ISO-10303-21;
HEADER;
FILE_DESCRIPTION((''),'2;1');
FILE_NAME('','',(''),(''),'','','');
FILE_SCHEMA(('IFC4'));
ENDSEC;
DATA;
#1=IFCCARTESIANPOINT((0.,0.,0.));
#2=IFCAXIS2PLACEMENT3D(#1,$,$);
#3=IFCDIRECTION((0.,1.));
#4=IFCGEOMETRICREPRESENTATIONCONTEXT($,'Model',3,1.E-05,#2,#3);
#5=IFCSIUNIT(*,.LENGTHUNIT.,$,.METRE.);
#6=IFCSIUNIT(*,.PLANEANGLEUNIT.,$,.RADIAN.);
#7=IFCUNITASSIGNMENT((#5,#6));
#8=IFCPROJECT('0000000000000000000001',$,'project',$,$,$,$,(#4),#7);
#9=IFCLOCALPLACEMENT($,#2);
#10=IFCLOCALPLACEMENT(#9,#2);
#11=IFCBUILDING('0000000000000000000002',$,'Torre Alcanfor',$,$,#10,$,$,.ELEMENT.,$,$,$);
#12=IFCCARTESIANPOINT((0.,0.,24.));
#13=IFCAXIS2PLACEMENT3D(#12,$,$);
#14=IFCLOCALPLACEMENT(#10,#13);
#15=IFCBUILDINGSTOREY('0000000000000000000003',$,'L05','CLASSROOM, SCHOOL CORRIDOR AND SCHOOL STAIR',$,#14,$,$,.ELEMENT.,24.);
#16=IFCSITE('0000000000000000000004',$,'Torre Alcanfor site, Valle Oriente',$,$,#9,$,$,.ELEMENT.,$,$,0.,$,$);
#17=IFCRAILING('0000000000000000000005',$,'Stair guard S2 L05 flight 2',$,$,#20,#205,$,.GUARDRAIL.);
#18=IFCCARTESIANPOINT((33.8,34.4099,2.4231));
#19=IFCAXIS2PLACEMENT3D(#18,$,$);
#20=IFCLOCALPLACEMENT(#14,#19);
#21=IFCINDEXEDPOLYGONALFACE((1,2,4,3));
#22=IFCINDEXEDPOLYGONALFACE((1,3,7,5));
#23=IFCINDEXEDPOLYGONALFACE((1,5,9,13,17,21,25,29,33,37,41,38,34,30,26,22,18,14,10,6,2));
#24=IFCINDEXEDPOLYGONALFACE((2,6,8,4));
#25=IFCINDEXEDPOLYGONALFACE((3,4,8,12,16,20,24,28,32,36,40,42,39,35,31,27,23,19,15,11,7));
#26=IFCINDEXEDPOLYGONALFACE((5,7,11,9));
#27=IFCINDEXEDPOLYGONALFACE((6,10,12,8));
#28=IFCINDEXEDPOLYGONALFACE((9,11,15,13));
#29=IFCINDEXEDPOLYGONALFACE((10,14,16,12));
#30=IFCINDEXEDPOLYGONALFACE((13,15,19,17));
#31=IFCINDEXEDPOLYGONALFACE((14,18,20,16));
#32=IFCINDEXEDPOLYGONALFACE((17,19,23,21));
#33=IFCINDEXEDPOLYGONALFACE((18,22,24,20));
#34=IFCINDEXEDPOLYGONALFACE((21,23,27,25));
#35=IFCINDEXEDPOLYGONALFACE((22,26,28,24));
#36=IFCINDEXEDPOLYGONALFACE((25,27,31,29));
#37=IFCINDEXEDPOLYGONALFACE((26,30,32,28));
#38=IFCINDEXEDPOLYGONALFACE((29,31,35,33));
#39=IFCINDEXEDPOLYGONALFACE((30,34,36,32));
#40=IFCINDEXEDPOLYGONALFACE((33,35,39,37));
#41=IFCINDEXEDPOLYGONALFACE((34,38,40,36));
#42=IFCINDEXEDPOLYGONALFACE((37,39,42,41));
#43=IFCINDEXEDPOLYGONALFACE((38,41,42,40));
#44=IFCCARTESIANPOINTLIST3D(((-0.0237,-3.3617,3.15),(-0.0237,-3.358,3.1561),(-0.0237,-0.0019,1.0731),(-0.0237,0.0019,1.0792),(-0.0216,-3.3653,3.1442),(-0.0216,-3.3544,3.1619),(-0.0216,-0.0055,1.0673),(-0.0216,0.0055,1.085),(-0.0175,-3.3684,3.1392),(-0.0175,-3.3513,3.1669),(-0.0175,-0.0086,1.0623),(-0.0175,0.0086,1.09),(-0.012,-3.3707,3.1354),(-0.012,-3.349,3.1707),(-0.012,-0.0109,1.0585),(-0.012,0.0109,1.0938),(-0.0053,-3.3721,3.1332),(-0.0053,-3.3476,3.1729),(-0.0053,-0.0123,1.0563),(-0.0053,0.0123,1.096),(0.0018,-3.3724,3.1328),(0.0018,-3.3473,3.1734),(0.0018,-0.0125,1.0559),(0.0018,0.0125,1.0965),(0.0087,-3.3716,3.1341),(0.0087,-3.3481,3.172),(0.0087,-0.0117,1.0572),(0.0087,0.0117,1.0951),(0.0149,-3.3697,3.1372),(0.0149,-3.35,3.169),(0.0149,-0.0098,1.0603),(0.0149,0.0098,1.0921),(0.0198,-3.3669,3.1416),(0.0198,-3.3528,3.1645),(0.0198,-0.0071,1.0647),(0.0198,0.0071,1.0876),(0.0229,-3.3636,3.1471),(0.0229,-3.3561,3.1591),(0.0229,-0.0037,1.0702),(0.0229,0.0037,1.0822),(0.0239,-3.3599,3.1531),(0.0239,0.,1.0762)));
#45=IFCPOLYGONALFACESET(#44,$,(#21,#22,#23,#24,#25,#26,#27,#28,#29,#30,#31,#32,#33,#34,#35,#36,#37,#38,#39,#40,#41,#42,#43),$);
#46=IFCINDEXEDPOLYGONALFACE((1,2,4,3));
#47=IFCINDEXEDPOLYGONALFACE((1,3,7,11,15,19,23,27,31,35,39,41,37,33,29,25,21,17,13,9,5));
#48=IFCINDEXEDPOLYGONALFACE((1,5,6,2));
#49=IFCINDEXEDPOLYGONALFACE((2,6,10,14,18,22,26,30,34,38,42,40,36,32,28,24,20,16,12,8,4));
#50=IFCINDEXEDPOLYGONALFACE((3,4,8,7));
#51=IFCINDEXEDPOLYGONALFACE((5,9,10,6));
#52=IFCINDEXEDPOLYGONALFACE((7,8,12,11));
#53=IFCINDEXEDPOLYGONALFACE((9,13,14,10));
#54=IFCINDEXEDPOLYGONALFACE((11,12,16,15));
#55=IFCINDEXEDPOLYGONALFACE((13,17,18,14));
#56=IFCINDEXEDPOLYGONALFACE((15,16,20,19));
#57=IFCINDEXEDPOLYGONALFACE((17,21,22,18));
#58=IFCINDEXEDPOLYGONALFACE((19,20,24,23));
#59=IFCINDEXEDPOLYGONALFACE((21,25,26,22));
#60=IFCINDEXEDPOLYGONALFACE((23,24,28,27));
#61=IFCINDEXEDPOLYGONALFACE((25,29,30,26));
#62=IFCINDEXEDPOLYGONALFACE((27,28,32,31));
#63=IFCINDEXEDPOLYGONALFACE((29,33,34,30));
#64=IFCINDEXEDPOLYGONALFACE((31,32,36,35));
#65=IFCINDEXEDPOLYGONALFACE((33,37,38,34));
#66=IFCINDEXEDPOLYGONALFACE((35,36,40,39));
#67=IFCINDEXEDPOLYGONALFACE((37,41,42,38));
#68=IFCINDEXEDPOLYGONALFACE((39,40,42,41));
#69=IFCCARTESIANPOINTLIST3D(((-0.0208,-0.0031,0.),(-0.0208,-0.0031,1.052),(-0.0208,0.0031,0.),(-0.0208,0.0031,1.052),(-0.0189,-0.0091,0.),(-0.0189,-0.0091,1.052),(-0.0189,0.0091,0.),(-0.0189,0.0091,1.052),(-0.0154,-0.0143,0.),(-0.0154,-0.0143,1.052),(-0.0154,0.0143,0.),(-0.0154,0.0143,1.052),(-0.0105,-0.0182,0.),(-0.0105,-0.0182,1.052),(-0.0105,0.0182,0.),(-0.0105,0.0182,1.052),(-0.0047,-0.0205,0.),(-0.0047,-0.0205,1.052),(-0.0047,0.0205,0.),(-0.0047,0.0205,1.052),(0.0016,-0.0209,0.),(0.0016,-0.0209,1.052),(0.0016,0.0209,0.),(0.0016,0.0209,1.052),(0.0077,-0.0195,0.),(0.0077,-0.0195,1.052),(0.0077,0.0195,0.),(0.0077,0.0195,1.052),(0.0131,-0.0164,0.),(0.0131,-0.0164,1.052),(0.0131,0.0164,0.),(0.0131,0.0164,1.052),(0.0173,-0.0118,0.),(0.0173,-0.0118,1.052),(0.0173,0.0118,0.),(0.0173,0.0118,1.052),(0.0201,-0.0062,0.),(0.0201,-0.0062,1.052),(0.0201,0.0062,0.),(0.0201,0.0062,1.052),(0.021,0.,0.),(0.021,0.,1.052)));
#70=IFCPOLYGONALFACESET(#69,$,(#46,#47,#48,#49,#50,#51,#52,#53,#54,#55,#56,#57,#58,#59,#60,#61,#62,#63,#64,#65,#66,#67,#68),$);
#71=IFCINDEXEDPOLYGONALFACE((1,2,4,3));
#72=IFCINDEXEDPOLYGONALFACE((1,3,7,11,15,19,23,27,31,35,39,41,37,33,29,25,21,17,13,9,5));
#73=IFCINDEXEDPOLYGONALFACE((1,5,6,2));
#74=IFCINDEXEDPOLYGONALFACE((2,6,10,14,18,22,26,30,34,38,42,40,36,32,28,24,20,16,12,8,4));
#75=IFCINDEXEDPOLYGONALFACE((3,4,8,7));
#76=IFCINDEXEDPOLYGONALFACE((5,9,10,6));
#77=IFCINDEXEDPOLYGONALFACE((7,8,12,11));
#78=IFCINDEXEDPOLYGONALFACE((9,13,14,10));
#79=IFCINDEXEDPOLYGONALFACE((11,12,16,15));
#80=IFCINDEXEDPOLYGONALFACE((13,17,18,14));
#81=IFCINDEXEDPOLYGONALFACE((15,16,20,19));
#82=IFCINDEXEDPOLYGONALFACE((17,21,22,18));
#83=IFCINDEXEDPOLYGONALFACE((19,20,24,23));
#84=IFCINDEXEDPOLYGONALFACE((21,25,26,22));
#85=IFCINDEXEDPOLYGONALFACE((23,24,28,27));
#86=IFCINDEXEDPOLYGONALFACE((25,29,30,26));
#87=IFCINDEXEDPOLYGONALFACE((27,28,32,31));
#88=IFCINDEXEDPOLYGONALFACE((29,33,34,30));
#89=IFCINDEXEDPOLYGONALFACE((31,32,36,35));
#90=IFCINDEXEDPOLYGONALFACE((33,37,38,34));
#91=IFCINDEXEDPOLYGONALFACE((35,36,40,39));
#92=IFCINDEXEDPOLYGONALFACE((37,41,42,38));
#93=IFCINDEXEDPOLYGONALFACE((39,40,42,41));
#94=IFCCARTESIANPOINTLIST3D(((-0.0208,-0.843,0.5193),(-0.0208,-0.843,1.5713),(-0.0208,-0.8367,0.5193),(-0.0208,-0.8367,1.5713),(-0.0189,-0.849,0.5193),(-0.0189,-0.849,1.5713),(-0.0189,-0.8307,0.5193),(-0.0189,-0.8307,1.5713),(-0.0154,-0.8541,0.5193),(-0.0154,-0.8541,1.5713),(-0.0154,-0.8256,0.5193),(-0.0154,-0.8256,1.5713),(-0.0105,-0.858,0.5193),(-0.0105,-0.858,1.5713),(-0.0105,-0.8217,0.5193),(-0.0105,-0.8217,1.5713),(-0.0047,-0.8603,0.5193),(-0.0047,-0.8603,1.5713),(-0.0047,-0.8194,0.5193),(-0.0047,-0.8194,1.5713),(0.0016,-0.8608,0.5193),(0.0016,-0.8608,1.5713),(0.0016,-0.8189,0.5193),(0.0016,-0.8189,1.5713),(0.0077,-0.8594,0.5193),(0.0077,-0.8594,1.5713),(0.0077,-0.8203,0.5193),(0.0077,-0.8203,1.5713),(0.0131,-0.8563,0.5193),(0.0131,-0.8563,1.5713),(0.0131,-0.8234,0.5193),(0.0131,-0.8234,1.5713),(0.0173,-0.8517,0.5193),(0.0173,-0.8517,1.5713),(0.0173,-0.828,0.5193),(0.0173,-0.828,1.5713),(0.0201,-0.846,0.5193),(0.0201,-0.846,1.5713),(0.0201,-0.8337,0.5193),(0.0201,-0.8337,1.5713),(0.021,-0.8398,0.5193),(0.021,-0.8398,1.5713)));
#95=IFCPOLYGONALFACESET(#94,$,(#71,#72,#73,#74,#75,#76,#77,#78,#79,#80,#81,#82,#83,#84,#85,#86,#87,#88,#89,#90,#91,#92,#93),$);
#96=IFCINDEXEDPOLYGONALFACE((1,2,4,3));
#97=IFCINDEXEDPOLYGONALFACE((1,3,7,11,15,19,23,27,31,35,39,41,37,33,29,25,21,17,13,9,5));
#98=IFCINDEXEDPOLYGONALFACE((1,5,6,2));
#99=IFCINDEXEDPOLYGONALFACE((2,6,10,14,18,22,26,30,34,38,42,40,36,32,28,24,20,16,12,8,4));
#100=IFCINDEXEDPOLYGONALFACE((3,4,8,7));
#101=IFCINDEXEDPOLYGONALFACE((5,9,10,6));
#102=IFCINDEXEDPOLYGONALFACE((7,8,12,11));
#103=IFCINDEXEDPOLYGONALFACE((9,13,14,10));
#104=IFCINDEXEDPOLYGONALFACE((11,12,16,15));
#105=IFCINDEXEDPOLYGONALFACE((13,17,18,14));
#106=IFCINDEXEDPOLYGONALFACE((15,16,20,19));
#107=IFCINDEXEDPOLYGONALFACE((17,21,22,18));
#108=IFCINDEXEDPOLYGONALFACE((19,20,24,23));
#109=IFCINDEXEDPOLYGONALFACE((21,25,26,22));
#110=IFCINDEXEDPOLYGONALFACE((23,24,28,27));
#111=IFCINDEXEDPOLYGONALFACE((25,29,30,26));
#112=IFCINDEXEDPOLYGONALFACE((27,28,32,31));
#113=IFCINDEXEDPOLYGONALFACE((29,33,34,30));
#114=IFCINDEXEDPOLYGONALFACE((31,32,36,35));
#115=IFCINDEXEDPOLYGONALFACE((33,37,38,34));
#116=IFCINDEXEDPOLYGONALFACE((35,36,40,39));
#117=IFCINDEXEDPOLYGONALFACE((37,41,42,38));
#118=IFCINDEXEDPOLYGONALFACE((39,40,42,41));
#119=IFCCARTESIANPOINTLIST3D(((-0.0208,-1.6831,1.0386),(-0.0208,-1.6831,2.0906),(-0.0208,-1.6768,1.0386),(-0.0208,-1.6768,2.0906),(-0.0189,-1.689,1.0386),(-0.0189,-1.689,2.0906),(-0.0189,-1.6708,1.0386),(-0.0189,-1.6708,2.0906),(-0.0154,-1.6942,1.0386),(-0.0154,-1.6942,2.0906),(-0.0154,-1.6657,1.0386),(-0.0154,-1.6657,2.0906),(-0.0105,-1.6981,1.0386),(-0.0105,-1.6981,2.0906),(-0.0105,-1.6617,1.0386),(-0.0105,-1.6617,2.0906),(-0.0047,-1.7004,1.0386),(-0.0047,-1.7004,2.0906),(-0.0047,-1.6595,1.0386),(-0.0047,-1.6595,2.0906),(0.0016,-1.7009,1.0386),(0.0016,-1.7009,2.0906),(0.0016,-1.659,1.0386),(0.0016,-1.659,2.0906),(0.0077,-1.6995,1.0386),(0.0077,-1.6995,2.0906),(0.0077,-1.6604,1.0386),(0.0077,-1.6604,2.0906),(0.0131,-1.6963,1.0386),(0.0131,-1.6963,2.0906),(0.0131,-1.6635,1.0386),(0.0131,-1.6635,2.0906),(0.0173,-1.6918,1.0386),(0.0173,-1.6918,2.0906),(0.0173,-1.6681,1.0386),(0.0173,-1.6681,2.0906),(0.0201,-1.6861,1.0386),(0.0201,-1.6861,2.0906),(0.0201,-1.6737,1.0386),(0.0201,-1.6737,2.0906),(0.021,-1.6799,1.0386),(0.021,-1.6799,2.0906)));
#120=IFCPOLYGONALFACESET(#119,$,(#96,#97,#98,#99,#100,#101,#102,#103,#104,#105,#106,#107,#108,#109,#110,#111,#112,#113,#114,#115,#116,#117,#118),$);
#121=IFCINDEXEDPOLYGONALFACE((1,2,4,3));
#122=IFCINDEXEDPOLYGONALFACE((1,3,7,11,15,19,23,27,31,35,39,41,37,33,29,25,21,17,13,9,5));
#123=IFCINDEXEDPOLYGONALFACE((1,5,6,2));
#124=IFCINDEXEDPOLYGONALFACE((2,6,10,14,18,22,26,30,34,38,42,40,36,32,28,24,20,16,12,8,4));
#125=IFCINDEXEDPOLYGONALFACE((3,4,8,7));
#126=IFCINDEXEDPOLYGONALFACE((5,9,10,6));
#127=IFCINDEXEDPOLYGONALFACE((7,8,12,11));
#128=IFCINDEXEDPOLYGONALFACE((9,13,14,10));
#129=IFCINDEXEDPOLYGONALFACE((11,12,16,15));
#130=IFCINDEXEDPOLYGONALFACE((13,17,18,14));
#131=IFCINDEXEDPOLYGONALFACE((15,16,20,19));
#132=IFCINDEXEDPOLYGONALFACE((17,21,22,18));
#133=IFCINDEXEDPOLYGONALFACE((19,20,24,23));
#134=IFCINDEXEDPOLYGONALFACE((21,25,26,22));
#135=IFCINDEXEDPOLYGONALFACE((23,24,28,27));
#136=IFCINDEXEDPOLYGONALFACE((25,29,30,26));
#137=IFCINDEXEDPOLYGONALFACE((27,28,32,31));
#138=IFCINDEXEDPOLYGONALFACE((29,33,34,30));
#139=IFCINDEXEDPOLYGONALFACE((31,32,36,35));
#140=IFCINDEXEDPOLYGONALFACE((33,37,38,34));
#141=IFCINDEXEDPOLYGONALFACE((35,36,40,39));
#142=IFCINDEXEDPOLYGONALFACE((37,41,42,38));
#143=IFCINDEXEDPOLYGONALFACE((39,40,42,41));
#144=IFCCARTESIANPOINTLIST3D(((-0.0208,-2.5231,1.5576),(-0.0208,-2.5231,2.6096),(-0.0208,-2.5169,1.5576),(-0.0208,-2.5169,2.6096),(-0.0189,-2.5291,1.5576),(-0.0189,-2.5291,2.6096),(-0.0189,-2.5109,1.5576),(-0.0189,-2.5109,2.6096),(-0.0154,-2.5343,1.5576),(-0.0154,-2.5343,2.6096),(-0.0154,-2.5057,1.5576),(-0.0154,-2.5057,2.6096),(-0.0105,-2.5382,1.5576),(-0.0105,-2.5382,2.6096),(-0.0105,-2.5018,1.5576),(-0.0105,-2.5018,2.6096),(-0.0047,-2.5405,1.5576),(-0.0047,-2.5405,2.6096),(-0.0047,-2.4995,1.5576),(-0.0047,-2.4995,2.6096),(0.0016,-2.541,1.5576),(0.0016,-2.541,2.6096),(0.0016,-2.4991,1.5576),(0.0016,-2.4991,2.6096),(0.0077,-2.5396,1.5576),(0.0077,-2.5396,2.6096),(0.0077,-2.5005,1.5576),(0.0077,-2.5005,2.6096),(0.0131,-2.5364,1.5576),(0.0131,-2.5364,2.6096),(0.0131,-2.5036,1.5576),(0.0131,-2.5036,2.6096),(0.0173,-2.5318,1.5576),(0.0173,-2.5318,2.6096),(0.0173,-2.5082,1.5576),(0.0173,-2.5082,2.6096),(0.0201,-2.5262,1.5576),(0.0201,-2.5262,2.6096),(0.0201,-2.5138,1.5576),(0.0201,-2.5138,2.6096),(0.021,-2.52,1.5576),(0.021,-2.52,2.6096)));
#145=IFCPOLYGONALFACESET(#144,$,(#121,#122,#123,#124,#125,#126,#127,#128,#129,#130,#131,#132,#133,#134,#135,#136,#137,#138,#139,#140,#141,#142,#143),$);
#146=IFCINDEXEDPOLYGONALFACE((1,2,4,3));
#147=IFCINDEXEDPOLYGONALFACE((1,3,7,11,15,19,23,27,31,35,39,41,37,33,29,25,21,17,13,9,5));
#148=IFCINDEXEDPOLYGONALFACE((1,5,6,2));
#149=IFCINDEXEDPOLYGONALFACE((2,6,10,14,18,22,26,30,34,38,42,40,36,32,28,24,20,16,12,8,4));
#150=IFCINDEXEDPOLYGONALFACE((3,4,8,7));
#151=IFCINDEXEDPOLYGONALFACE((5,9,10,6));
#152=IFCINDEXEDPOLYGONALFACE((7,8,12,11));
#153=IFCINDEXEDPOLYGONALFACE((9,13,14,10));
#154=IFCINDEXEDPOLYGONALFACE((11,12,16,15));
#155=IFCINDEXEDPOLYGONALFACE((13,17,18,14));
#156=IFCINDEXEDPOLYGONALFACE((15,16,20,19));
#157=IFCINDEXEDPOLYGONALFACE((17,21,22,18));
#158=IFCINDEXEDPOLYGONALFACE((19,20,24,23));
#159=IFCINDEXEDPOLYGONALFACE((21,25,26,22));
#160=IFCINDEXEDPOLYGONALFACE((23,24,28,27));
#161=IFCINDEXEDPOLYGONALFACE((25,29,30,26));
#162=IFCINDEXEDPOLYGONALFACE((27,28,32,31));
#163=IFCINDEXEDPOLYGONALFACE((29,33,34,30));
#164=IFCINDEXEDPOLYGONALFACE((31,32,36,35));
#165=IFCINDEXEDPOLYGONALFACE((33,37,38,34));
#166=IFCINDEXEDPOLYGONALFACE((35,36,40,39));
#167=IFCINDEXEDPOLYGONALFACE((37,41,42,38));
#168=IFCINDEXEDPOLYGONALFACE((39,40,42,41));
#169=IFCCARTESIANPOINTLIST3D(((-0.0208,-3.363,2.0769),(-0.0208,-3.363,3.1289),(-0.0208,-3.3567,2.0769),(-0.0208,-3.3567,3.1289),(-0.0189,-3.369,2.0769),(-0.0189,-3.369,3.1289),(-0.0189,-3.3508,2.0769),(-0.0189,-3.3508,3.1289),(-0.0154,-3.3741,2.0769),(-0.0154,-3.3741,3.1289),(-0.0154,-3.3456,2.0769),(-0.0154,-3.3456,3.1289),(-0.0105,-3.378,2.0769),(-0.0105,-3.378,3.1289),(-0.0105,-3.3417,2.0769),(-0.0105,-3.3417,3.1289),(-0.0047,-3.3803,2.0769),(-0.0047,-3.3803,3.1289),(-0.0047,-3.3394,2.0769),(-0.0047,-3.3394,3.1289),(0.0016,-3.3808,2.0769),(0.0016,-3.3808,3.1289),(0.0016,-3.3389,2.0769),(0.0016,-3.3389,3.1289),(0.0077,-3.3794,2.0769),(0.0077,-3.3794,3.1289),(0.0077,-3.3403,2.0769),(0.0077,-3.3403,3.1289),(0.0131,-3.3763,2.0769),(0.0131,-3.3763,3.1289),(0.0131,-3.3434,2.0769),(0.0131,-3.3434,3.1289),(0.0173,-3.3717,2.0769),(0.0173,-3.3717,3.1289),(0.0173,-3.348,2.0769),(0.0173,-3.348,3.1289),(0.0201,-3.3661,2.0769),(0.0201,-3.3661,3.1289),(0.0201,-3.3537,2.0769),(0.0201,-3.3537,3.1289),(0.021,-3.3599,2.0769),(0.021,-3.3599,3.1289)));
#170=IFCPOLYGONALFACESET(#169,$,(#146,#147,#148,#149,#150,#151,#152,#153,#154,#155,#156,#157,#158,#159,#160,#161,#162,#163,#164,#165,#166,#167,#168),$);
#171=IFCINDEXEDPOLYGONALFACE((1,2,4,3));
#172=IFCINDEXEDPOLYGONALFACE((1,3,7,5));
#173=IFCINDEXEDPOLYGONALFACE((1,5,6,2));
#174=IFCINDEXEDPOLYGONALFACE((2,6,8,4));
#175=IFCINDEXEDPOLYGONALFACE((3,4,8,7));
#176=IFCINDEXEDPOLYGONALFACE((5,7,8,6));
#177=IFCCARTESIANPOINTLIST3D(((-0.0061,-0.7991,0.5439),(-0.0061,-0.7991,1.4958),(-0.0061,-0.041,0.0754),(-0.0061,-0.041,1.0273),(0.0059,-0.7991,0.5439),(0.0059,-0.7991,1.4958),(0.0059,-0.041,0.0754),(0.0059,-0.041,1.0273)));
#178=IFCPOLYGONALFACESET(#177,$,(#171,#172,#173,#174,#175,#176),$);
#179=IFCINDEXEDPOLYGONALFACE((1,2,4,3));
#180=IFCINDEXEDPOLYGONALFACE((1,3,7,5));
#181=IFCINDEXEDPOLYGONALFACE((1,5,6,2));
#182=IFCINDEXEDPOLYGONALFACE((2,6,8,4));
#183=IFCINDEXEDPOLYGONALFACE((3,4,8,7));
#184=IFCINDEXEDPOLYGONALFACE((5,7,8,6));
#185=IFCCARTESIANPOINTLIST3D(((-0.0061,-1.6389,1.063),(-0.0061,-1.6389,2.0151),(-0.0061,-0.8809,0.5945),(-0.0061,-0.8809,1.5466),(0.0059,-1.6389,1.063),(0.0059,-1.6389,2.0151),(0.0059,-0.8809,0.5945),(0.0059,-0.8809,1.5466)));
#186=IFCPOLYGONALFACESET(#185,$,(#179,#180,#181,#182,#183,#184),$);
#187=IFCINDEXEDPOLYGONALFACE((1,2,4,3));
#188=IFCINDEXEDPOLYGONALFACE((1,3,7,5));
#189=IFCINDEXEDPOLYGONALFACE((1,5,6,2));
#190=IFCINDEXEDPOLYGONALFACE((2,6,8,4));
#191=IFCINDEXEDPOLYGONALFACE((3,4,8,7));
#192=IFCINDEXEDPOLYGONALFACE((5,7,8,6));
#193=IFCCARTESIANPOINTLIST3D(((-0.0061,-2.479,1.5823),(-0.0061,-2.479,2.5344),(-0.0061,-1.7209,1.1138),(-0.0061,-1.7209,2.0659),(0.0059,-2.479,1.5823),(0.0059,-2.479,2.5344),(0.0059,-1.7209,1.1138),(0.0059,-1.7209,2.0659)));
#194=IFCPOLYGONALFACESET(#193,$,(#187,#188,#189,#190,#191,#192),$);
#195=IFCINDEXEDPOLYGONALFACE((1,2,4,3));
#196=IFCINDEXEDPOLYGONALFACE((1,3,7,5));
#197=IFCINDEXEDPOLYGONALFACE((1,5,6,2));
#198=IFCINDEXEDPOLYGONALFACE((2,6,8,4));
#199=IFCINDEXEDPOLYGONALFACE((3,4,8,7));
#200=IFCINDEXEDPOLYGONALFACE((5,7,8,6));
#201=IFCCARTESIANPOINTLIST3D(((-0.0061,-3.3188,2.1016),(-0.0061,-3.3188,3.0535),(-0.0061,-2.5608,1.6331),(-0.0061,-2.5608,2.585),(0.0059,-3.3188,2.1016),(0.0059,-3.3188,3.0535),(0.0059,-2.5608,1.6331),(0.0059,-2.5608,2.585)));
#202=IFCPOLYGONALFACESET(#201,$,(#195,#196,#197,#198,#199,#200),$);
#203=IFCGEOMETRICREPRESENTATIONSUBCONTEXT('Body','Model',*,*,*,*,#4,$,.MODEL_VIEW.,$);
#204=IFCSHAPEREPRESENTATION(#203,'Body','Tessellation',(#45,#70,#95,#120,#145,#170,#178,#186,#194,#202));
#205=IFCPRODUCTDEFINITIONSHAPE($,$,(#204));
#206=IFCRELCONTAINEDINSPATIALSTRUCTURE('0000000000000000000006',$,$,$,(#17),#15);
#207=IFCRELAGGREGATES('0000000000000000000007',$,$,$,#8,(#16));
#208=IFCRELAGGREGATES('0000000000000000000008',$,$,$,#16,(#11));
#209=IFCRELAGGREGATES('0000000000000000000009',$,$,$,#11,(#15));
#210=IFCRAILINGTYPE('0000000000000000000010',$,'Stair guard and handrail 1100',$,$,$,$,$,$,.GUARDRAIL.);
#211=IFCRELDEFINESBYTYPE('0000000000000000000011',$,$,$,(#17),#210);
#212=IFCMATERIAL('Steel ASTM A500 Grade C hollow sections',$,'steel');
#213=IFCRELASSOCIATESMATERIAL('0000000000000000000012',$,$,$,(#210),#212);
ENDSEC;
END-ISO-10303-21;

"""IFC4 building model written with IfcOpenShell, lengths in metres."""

from ifc_helpers import new_model, si_unit, direction, frame, origin, origin_2d, place, context, subcontext, project, spatial, polyline, circle, outline, extrude, material, type_object, element, save


model = new_model("IFC4")

# Units and contexts
model_context = context("Model", 3, precision=1e-05, world=origin(), true_north=direction((0.0, 1.0)))
body_context = subcontext(model_context, "Body", "Model", "MODEL_VIEW")
ifc_project = project(units=[si_unit("LENGTHUNIT", "METRE"), si_unit("PLANEANGLEUNIT", "RADIAN")], contexts=[model_context])

# Site, building, storey
site_placement = place(None, origin())
site = spatial("IfcSite", under=ifc_project, at=site_placement, Name="Torre Alcanfor site, Valle Oriente", CompositionType="ELEMENT", RefElevation=0.0)
building_placement = place(site_placement, origin())
building = spatial("IfcBuilding", under=site, at=building_placement, Name="Torre Alcanfor", CompositionType="ELEMENT")
storey_placement = place(building_placement, frame((0.0, 0.0, 24.0)))
storey = spatial("IfcBuildingStorey", under=building, at=storey_placement, Name="L05", Description="CLASSROOM, SCHOOL CORRIDOR AND SCHOOL STAIR", CompositionType="ELEMENT", Elevation=24.0)

# Railing
ifc_material_1 = material(Name="Steel ASTM A500 Grade C hollow sections", Category="steel")
railing_type_1 = type_object("IfcRailingType", Name="Stair guard and handrail 1100", PredefinedType="GUARDRAIL", material=ifc_material_1)
railing_1_placement = place(storey_placement, frame((33.8, 34.4099, 2.4231)))
element("IfcRailing", 1, at=railing_1_placement, inside=storey, type_object=railing_type_1, Name="Stair guard S2 L05 flight 2", PredefinedType="GUARDRAIL", context=body_context, shape_type="SweptSolid", body=[
    extrude(circle(Radius=0.0239, at=origin_2d()), frame((0.0, 0.0, 1.0762), z_axis=(0.0, -0.850606, 0.525803), x_axis=(1.0, 0.0, 0.0)), (0.0, 0.0, 1.0), 3.95),
    extrude(circle(Radius=0.021, at=origin_2d()), origin(), (0.0, 0.0, 1.0), 1.052),
    extrude(circle(Radius=0.021, at=origin_2d()), frame((0.0, -0.8398, 0.5193)), (0.0, 0.0, 1.0), 1.052),
    extrude(circle(Radius=0.021, at=origin_2d()), frame((0.0, -1.6799, 1.0386)), (0.0, 0.0, 1.0), 1.052),
    extrude(circle(Radius=0.021, at=origin_2d()), frame((0.0, -2.52, 1.5576)), (0.0, 0.0, 1.0), 1.052),
    extrude(circle(Radius=0.021, at=origin_2d()), frame((0.0, -3.3599, 2.0769)), (0.0, 0.0, 1.0), 1.052),
    extrude(outline(polyline([(0.041, 0.0754), (0.7991, 0.5439), (0.7991, 1.4958), (0.041, 1.0273), (0.041, 0.0754)])), frame((0.0059, 0.0, 0.0), z_axis=(-1.0, 0.0, 0.0), x_axis=(0.0, -1.0, 0.0)), (0.0, 0.0, 1.0), 0.012),
    extrude(outline(polyline([(0.8809, 0.5945), (1.6389, 1.063), (1.6389, 2.0151), (0.8809, 1.5466), (0.8809, 0.5945)])), frame((0.0059, 0.0, 0.0), z_axis=(-1.0, 0.0, 0.0), x_axis=(0.0, -1.0, 0.0)), (0.0, 0.0, 1.0), 0.012),
    extrude(outline(polyline([(1.7209, 1.1138), (2.479, 1.5823), (2.479, 2.5344), (1.7209, 2.0659), (1.7209, 1.1138)])), frame((0.0059, 0.0, 0.0), z_axis=(-1.0, 0.0, 0.0), x_axis=(0.0, -1.0, 0.0)), (0.0, 0.0, 1.0), 0.012),
    extrude(outline(polyline([(2.5608, 1.6331), (3.3188, 2.1016), (3.3188, 3.0535), (2.5608, 2.585), (2.5608, 1.6331)])), frame((0.0059, 0.0, 0.0), z_axis=(-1.0, 0.0, 0.0), x_axis=(0.0, -1.0, 0.0)), (0.0, 0.0, 1.0), 0.012),
])

save(model, "model.ifc")
